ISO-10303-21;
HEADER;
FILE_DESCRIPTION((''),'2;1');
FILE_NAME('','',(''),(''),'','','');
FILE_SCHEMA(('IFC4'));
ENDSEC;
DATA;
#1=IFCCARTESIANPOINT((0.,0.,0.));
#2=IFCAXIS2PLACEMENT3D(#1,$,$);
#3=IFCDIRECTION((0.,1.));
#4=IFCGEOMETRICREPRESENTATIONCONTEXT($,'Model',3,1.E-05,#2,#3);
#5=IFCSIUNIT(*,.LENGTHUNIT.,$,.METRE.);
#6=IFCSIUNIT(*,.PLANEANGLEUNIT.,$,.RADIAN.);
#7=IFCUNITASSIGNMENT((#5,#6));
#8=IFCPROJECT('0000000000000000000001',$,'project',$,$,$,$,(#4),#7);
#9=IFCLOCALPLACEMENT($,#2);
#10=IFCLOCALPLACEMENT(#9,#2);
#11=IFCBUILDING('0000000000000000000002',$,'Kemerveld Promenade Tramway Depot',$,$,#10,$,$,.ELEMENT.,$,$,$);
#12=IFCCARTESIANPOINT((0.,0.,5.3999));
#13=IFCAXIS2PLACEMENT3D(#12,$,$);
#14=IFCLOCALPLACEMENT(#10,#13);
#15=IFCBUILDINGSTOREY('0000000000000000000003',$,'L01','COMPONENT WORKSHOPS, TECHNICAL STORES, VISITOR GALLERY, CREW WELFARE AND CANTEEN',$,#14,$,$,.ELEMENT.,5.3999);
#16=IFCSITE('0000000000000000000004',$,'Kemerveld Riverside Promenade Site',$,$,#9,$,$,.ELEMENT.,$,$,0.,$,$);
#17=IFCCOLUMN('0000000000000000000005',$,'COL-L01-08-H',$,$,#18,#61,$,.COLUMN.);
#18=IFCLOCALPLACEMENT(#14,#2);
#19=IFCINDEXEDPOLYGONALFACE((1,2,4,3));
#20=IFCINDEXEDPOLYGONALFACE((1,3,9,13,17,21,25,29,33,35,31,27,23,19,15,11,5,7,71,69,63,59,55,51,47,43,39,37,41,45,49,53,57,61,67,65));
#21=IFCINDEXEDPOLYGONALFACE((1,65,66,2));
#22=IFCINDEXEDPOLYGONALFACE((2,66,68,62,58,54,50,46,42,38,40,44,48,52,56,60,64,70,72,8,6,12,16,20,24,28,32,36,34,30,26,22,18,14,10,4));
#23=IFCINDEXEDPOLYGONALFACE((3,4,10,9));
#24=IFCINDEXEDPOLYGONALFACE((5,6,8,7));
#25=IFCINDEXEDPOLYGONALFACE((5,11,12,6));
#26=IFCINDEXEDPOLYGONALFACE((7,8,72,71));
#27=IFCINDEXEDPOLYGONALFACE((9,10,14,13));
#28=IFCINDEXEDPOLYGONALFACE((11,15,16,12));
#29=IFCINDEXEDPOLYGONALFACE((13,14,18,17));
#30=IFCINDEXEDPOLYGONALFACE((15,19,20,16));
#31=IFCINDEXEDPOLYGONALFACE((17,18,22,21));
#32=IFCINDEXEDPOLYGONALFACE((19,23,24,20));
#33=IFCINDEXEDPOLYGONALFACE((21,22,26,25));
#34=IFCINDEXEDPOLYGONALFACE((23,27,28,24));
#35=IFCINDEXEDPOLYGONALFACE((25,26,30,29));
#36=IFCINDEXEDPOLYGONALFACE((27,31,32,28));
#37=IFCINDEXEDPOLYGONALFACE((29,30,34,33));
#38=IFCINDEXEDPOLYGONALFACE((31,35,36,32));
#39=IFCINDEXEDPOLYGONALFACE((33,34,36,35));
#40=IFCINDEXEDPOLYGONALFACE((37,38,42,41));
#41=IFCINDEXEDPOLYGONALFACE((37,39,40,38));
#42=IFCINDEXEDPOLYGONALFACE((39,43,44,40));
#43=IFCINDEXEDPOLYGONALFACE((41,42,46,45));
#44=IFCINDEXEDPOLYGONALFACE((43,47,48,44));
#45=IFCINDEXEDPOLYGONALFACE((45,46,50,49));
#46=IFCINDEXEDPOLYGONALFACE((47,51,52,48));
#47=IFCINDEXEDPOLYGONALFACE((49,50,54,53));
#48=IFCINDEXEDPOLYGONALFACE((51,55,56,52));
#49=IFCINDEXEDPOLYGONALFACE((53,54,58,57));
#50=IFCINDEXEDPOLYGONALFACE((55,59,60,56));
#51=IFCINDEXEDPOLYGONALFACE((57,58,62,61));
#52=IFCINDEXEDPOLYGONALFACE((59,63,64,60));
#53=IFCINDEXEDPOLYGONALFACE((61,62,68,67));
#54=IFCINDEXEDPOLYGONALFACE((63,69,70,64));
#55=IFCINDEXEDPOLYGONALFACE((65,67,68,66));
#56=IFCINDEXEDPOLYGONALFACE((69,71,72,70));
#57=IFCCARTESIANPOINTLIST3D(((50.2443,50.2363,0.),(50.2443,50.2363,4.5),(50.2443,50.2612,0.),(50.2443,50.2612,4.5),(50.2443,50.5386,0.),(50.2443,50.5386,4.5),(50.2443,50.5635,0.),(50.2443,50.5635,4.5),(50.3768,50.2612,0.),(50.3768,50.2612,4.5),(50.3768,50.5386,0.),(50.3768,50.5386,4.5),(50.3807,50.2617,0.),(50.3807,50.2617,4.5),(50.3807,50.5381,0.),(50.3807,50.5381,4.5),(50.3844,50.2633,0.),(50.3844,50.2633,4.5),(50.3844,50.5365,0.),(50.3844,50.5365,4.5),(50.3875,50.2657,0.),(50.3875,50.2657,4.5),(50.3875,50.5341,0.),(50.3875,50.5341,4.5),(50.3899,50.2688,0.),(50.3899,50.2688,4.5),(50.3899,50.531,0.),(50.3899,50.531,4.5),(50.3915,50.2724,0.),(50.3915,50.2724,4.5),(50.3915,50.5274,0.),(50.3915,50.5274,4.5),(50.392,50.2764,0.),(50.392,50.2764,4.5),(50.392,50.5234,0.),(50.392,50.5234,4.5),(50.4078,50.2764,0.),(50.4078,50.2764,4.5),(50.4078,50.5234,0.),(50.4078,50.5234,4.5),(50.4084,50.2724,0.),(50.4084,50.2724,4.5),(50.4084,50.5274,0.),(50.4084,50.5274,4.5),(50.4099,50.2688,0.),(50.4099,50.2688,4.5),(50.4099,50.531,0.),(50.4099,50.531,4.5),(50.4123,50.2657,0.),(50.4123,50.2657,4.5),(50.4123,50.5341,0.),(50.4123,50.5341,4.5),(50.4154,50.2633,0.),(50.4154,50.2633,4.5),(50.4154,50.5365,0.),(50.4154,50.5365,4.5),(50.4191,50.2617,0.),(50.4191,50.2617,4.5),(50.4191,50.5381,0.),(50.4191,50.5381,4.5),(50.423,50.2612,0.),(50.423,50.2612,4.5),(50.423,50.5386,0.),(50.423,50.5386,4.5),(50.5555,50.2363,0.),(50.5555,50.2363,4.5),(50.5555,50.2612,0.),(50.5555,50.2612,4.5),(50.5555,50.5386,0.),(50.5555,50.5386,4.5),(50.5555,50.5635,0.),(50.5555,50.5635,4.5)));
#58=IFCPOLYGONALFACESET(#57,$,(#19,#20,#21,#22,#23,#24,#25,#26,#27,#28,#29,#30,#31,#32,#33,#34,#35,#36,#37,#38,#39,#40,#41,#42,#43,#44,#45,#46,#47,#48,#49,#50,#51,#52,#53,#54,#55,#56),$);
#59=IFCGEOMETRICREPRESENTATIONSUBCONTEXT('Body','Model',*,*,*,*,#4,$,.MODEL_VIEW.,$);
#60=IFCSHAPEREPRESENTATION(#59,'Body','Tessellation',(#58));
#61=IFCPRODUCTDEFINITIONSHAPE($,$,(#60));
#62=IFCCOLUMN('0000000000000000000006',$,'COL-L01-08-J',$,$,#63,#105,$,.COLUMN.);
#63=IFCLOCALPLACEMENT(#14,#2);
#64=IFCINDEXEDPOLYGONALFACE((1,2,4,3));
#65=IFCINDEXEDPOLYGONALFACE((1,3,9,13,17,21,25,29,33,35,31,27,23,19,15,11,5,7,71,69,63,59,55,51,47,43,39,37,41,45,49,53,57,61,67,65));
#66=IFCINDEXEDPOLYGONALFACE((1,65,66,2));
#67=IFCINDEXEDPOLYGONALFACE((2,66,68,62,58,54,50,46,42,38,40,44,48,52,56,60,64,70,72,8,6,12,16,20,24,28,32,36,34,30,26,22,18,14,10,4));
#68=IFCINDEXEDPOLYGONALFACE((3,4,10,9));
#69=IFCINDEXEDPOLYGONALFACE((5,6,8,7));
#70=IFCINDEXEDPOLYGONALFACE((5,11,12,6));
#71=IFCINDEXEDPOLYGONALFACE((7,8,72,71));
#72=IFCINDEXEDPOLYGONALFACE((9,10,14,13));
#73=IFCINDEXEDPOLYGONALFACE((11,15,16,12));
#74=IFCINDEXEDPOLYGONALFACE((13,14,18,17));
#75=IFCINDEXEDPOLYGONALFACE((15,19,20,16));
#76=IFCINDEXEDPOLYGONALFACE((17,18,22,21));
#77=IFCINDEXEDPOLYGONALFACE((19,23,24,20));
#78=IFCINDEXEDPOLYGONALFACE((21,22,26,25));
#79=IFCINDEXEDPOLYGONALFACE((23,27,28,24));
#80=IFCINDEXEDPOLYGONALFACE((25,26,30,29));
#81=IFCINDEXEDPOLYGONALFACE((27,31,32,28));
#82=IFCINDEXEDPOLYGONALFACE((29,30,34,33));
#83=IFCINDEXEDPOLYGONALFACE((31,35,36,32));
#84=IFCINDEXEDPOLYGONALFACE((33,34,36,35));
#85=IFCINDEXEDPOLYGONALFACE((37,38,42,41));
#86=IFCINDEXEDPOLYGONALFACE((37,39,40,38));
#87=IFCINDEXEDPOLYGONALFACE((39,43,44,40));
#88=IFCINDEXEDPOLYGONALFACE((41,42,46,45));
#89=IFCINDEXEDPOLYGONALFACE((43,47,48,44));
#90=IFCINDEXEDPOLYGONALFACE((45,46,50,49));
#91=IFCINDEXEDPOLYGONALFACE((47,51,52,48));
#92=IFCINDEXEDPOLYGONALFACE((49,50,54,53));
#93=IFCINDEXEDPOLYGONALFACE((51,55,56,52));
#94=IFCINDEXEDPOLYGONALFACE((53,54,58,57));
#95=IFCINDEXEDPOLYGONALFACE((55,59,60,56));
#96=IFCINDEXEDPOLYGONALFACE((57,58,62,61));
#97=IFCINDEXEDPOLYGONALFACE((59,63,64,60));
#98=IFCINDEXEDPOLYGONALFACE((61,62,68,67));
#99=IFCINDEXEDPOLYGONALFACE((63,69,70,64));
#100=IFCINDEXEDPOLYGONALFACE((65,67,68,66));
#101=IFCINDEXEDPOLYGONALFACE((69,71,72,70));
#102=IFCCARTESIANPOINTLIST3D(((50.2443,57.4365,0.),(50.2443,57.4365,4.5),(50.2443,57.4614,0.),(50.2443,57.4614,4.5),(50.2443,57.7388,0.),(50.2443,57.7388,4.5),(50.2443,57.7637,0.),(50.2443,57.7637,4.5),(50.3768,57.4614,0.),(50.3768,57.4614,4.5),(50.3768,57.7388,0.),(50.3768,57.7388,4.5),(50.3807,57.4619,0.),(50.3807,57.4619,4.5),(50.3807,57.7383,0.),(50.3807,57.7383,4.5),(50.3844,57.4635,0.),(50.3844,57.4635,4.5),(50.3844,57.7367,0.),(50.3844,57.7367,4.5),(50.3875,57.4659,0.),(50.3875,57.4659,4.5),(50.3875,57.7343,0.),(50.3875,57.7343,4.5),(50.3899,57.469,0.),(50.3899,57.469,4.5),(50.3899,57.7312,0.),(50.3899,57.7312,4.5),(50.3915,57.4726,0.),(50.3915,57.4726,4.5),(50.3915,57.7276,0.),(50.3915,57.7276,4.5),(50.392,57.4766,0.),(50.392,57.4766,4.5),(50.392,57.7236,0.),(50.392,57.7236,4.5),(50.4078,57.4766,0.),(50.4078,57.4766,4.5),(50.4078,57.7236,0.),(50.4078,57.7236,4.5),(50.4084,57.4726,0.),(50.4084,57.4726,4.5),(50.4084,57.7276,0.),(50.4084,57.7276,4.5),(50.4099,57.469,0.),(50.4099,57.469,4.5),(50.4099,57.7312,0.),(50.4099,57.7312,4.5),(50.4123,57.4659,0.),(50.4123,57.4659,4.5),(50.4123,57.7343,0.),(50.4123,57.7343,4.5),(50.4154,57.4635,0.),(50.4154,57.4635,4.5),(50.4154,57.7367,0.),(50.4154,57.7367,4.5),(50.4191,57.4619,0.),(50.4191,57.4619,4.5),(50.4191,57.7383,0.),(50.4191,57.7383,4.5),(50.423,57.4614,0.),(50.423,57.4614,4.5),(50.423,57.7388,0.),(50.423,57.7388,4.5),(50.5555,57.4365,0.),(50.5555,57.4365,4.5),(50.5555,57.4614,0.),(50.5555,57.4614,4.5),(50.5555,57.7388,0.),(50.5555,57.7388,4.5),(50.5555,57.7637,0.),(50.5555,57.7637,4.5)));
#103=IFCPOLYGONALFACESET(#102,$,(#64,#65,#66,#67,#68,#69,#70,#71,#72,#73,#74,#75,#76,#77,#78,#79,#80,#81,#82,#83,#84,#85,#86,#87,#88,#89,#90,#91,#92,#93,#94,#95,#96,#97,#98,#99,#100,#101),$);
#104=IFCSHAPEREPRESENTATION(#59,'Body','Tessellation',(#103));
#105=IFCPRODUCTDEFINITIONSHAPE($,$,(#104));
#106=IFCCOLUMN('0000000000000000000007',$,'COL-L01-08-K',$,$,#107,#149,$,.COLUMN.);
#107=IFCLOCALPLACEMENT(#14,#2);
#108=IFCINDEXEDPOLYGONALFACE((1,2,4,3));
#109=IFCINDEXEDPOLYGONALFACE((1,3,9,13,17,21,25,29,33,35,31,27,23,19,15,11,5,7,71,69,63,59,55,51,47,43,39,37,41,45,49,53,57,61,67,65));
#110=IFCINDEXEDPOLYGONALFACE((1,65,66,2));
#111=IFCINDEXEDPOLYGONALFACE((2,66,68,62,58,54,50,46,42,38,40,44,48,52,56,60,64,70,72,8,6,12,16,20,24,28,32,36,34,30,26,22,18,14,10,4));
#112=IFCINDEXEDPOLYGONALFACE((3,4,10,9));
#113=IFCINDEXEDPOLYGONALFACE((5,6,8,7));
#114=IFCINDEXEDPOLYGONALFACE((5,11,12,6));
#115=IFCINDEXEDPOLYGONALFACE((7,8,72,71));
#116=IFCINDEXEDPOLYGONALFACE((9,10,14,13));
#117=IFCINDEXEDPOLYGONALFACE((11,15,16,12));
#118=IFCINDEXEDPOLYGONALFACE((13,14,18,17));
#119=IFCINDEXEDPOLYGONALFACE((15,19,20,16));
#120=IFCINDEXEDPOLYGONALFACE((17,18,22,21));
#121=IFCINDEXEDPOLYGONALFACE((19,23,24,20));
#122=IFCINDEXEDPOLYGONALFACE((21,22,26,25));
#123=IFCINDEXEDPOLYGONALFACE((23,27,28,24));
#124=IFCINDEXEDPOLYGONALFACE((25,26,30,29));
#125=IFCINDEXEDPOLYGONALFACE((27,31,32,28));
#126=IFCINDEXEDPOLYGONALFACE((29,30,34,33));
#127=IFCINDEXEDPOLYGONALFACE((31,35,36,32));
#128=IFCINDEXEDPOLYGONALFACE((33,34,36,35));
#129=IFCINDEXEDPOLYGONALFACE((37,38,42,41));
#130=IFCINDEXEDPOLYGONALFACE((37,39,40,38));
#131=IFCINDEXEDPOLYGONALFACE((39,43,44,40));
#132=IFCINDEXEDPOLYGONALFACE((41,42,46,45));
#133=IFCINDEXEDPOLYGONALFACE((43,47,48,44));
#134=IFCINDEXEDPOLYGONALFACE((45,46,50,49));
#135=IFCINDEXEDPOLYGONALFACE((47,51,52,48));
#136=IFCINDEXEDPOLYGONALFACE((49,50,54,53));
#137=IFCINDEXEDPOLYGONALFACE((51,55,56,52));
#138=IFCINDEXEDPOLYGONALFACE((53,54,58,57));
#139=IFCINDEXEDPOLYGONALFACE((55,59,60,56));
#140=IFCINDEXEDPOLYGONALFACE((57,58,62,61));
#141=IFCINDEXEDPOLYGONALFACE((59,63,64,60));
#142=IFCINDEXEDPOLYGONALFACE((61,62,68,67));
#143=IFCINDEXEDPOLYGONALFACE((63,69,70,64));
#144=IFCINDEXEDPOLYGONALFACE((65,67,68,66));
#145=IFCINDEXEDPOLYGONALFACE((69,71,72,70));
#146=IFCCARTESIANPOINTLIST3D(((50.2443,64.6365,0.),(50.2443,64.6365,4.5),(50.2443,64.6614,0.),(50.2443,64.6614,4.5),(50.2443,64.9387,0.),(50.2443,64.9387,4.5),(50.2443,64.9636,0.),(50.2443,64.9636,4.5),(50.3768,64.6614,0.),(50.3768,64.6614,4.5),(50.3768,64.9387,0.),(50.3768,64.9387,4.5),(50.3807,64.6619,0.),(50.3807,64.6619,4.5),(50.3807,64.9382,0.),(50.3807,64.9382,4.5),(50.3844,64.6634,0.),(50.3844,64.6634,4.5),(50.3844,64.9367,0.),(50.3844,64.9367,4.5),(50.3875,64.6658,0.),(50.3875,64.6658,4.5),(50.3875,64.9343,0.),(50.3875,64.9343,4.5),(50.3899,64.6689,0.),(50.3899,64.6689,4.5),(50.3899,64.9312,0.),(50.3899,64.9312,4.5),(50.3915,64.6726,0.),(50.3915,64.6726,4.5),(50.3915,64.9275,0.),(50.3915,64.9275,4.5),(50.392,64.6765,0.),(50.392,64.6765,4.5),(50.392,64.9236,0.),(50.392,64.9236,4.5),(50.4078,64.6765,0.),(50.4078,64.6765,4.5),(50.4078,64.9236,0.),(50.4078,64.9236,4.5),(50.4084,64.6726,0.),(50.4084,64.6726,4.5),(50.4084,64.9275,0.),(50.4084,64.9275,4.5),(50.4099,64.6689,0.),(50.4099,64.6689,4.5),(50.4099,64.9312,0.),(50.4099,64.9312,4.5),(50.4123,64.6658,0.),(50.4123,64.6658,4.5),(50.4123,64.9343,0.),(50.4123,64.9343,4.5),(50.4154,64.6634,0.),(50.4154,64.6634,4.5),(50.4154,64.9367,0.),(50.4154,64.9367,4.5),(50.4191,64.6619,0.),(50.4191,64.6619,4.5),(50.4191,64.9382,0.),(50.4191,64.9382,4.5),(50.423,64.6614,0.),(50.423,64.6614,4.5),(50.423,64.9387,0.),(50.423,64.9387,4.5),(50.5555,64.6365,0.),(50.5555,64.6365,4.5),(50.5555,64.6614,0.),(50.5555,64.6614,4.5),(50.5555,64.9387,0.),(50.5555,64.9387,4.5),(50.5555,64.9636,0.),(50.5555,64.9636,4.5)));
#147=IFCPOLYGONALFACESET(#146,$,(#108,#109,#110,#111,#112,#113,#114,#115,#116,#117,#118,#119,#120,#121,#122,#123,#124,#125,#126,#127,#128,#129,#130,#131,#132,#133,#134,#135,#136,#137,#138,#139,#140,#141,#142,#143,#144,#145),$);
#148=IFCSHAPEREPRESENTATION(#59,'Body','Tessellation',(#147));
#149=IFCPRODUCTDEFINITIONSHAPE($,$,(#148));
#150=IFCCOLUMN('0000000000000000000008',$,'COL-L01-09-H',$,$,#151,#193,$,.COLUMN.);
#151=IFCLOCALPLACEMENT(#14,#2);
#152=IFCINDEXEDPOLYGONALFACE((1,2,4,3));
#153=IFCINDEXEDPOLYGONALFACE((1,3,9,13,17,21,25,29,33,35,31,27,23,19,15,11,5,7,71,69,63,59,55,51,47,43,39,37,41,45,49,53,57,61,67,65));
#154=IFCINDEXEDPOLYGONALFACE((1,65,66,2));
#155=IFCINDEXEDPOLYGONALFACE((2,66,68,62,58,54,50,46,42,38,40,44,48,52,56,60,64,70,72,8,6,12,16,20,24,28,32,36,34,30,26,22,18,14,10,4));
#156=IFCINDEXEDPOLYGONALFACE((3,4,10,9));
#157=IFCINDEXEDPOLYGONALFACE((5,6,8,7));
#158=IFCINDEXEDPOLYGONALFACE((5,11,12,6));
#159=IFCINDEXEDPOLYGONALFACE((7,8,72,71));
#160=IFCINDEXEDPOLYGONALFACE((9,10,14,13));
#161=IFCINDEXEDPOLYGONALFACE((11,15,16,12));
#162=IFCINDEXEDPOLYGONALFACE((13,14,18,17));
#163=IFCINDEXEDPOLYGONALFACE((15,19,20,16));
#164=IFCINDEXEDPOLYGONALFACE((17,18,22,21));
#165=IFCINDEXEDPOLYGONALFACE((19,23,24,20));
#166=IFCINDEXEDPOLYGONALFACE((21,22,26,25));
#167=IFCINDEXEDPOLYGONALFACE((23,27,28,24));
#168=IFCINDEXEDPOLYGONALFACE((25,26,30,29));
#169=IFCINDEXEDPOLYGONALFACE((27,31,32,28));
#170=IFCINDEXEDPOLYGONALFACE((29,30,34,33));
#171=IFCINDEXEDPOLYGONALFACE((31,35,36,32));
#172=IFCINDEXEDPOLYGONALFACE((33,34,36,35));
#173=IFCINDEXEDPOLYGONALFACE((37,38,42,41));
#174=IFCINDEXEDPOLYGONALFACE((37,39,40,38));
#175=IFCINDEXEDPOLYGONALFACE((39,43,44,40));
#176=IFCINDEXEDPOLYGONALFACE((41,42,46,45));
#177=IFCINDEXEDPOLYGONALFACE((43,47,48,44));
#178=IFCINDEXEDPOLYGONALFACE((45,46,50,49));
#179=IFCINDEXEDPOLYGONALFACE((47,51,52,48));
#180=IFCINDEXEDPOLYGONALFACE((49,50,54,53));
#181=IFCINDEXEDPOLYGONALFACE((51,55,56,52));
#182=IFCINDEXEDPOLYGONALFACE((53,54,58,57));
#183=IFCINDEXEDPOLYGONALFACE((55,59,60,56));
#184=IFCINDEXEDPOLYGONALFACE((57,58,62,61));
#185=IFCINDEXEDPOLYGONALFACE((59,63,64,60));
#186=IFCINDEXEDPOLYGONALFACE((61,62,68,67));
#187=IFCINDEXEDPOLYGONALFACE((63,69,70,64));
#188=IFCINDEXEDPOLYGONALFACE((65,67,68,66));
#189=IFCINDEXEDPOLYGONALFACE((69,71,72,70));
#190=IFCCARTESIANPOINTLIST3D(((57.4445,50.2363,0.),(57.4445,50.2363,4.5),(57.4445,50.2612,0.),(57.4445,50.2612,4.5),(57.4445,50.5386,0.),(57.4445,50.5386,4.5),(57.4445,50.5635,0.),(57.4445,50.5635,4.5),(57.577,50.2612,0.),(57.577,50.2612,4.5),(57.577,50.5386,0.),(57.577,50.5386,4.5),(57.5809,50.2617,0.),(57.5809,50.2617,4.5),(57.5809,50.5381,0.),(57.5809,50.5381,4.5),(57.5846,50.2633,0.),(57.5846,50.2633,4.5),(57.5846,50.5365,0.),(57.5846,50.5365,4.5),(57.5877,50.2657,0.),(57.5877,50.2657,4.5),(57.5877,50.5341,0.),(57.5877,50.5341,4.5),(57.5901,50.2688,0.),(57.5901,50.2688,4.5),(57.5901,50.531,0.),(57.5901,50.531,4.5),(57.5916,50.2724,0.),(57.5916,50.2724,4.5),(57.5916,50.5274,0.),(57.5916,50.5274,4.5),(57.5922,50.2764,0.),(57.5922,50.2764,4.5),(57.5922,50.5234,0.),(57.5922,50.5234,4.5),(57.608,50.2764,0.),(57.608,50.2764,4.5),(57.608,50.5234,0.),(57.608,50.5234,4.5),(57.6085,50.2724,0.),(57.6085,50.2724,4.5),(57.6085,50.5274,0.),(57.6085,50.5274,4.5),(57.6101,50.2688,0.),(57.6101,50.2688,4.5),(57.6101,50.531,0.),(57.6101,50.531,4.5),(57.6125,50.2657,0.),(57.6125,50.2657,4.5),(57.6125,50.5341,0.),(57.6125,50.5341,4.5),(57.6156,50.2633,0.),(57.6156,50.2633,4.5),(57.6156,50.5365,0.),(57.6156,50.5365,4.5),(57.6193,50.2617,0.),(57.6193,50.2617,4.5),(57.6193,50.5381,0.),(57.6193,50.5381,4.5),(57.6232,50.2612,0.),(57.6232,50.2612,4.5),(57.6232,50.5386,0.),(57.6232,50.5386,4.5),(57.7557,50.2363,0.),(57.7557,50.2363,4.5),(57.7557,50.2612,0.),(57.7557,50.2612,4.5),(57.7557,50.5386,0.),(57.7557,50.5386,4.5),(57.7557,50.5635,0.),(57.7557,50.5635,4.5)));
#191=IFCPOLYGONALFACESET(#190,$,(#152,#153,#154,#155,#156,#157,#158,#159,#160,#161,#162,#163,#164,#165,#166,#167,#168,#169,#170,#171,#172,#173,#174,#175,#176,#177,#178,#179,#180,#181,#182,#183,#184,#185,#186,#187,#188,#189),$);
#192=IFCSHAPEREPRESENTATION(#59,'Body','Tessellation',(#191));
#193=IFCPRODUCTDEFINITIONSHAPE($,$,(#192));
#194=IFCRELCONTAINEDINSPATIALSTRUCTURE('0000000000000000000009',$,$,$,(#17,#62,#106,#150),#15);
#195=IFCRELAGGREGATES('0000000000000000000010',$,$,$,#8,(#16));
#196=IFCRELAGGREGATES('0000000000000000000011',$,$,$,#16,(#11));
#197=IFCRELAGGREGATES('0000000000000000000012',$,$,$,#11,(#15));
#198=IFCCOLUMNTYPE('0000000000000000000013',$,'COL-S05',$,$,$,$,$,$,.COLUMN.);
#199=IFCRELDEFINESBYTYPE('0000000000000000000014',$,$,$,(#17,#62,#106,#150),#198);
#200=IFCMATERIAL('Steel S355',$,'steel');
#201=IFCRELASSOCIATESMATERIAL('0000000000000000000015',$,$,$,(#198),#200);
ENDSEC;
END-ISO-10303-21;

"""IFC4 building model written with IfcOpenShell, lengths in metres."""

from ifc_helpers import new_model, si_unit, direction, frame, origin, origin_2d, place, context, subcontext, project, spatial, i_section, extrude, material, material_profile, profile_set, type_object, element, save


model = new_model("IFC4")

# Units and contexts
model_context = context("Model", 3, precision=1e-05, world=origin(), true_north=direction((0.0, 1.0)))
body_context = subcontext(model_context, "Body", "Model", "MODEL_VIEW")
ifc_project = project(units=[si_unit("LENGTHUNIT", "METRE"), si_unit("PLANEANGLEUNIT", "RADIAN")], contexts=[model_context])

# Site, building, storey
site_placement = place(None, origin())
site = spatial("IfcSite", under=ifc_project, at=site_placement, Name="Kemerveld Riverside Promenade Site", CompositionType="ELEMENT", RefElevation=0.0)
building_placement = place(site_placement, origin())
building = spatial("IfcBuilding", under=site, at=building_placement, Name="Kemerveld Promenade Tramway Depot", CompositionType="ELEMENT")
storey_placement = place(building_placement, frame((0.0, 0.0, 5.3999)))
storey = spatial("IfcBuildingStorey", under=building, at=storey_placement, Name="L01", Description="COMPONENT WORKSHOPS, TECHNICAL STORES, VISITOR GALLERY, CREW WELFARE AND CANTEEN", CompositionType="ELEMENT", Elevation=5.3999)

# Columns
ifc_material_1 = material(Name="Steel S355", Category="steel")
ifc_material_profile_1 = material_profile(ifc_material_1, i_section(OverallWidth=0.3113, OverallDepth=0.3271, WebThickness=0.0159, FlangeThickness=0.0249, FilletRadius=0.0151, at=origin_2d()), Name="305x305x158 UC")
ifc_profile_set_1 = profile_set([ifc_material_profile_1], Name="Steel S355")
column_type = type_object("IfcColumnType", Name="COL-S05", PredefinedType="COLUMN", material=ifc_profile_set_1)
for number, where, z_axis, x_axis, name in (
    (1, (50.3999, 50.3999, 0.0), (0.0, 0.0, 1.0), (1.0, 0.0, 0.0), "COL-L01-08-H"),
    (2, (50.3999, 57.6001, 0.0), (0.0, 0.0, 1.0), (1.0, 0.0, 0.0), "COL-L01-08-J"),
    (3, (50.3999, 64.8, 0.0), (0.0, 0.0, 1.0), (1.0, 0.0, 0.0), "COL-L01-08-K"),
    (4, (57.6001, 50.3999, 0.0), (0.0, 0.0, 1.0), (1.0, 0.0, 0.0), "COL-L01-09-H"),
):
    element("IfcColumn", number, at=place(storey_placement, frame(where, z_axis=z_axis, x_axis=x_axis)), inside=storey, type_object=column_type, Name=name, PredefinedType="COLUMN", context=body_context, shape_type="SweptSolid", body=[
        extrude(i_section(OverallWidth=0.3113, OverallDepth=0.3271, WebThickness=0.0159, FlangeThickness=0.0249, FilletRadius=0.0151, at=origin_2d()), origin(), (0.0, 0.0, 1.0), 4.5),
    ])

save(model, "model.ifc")
